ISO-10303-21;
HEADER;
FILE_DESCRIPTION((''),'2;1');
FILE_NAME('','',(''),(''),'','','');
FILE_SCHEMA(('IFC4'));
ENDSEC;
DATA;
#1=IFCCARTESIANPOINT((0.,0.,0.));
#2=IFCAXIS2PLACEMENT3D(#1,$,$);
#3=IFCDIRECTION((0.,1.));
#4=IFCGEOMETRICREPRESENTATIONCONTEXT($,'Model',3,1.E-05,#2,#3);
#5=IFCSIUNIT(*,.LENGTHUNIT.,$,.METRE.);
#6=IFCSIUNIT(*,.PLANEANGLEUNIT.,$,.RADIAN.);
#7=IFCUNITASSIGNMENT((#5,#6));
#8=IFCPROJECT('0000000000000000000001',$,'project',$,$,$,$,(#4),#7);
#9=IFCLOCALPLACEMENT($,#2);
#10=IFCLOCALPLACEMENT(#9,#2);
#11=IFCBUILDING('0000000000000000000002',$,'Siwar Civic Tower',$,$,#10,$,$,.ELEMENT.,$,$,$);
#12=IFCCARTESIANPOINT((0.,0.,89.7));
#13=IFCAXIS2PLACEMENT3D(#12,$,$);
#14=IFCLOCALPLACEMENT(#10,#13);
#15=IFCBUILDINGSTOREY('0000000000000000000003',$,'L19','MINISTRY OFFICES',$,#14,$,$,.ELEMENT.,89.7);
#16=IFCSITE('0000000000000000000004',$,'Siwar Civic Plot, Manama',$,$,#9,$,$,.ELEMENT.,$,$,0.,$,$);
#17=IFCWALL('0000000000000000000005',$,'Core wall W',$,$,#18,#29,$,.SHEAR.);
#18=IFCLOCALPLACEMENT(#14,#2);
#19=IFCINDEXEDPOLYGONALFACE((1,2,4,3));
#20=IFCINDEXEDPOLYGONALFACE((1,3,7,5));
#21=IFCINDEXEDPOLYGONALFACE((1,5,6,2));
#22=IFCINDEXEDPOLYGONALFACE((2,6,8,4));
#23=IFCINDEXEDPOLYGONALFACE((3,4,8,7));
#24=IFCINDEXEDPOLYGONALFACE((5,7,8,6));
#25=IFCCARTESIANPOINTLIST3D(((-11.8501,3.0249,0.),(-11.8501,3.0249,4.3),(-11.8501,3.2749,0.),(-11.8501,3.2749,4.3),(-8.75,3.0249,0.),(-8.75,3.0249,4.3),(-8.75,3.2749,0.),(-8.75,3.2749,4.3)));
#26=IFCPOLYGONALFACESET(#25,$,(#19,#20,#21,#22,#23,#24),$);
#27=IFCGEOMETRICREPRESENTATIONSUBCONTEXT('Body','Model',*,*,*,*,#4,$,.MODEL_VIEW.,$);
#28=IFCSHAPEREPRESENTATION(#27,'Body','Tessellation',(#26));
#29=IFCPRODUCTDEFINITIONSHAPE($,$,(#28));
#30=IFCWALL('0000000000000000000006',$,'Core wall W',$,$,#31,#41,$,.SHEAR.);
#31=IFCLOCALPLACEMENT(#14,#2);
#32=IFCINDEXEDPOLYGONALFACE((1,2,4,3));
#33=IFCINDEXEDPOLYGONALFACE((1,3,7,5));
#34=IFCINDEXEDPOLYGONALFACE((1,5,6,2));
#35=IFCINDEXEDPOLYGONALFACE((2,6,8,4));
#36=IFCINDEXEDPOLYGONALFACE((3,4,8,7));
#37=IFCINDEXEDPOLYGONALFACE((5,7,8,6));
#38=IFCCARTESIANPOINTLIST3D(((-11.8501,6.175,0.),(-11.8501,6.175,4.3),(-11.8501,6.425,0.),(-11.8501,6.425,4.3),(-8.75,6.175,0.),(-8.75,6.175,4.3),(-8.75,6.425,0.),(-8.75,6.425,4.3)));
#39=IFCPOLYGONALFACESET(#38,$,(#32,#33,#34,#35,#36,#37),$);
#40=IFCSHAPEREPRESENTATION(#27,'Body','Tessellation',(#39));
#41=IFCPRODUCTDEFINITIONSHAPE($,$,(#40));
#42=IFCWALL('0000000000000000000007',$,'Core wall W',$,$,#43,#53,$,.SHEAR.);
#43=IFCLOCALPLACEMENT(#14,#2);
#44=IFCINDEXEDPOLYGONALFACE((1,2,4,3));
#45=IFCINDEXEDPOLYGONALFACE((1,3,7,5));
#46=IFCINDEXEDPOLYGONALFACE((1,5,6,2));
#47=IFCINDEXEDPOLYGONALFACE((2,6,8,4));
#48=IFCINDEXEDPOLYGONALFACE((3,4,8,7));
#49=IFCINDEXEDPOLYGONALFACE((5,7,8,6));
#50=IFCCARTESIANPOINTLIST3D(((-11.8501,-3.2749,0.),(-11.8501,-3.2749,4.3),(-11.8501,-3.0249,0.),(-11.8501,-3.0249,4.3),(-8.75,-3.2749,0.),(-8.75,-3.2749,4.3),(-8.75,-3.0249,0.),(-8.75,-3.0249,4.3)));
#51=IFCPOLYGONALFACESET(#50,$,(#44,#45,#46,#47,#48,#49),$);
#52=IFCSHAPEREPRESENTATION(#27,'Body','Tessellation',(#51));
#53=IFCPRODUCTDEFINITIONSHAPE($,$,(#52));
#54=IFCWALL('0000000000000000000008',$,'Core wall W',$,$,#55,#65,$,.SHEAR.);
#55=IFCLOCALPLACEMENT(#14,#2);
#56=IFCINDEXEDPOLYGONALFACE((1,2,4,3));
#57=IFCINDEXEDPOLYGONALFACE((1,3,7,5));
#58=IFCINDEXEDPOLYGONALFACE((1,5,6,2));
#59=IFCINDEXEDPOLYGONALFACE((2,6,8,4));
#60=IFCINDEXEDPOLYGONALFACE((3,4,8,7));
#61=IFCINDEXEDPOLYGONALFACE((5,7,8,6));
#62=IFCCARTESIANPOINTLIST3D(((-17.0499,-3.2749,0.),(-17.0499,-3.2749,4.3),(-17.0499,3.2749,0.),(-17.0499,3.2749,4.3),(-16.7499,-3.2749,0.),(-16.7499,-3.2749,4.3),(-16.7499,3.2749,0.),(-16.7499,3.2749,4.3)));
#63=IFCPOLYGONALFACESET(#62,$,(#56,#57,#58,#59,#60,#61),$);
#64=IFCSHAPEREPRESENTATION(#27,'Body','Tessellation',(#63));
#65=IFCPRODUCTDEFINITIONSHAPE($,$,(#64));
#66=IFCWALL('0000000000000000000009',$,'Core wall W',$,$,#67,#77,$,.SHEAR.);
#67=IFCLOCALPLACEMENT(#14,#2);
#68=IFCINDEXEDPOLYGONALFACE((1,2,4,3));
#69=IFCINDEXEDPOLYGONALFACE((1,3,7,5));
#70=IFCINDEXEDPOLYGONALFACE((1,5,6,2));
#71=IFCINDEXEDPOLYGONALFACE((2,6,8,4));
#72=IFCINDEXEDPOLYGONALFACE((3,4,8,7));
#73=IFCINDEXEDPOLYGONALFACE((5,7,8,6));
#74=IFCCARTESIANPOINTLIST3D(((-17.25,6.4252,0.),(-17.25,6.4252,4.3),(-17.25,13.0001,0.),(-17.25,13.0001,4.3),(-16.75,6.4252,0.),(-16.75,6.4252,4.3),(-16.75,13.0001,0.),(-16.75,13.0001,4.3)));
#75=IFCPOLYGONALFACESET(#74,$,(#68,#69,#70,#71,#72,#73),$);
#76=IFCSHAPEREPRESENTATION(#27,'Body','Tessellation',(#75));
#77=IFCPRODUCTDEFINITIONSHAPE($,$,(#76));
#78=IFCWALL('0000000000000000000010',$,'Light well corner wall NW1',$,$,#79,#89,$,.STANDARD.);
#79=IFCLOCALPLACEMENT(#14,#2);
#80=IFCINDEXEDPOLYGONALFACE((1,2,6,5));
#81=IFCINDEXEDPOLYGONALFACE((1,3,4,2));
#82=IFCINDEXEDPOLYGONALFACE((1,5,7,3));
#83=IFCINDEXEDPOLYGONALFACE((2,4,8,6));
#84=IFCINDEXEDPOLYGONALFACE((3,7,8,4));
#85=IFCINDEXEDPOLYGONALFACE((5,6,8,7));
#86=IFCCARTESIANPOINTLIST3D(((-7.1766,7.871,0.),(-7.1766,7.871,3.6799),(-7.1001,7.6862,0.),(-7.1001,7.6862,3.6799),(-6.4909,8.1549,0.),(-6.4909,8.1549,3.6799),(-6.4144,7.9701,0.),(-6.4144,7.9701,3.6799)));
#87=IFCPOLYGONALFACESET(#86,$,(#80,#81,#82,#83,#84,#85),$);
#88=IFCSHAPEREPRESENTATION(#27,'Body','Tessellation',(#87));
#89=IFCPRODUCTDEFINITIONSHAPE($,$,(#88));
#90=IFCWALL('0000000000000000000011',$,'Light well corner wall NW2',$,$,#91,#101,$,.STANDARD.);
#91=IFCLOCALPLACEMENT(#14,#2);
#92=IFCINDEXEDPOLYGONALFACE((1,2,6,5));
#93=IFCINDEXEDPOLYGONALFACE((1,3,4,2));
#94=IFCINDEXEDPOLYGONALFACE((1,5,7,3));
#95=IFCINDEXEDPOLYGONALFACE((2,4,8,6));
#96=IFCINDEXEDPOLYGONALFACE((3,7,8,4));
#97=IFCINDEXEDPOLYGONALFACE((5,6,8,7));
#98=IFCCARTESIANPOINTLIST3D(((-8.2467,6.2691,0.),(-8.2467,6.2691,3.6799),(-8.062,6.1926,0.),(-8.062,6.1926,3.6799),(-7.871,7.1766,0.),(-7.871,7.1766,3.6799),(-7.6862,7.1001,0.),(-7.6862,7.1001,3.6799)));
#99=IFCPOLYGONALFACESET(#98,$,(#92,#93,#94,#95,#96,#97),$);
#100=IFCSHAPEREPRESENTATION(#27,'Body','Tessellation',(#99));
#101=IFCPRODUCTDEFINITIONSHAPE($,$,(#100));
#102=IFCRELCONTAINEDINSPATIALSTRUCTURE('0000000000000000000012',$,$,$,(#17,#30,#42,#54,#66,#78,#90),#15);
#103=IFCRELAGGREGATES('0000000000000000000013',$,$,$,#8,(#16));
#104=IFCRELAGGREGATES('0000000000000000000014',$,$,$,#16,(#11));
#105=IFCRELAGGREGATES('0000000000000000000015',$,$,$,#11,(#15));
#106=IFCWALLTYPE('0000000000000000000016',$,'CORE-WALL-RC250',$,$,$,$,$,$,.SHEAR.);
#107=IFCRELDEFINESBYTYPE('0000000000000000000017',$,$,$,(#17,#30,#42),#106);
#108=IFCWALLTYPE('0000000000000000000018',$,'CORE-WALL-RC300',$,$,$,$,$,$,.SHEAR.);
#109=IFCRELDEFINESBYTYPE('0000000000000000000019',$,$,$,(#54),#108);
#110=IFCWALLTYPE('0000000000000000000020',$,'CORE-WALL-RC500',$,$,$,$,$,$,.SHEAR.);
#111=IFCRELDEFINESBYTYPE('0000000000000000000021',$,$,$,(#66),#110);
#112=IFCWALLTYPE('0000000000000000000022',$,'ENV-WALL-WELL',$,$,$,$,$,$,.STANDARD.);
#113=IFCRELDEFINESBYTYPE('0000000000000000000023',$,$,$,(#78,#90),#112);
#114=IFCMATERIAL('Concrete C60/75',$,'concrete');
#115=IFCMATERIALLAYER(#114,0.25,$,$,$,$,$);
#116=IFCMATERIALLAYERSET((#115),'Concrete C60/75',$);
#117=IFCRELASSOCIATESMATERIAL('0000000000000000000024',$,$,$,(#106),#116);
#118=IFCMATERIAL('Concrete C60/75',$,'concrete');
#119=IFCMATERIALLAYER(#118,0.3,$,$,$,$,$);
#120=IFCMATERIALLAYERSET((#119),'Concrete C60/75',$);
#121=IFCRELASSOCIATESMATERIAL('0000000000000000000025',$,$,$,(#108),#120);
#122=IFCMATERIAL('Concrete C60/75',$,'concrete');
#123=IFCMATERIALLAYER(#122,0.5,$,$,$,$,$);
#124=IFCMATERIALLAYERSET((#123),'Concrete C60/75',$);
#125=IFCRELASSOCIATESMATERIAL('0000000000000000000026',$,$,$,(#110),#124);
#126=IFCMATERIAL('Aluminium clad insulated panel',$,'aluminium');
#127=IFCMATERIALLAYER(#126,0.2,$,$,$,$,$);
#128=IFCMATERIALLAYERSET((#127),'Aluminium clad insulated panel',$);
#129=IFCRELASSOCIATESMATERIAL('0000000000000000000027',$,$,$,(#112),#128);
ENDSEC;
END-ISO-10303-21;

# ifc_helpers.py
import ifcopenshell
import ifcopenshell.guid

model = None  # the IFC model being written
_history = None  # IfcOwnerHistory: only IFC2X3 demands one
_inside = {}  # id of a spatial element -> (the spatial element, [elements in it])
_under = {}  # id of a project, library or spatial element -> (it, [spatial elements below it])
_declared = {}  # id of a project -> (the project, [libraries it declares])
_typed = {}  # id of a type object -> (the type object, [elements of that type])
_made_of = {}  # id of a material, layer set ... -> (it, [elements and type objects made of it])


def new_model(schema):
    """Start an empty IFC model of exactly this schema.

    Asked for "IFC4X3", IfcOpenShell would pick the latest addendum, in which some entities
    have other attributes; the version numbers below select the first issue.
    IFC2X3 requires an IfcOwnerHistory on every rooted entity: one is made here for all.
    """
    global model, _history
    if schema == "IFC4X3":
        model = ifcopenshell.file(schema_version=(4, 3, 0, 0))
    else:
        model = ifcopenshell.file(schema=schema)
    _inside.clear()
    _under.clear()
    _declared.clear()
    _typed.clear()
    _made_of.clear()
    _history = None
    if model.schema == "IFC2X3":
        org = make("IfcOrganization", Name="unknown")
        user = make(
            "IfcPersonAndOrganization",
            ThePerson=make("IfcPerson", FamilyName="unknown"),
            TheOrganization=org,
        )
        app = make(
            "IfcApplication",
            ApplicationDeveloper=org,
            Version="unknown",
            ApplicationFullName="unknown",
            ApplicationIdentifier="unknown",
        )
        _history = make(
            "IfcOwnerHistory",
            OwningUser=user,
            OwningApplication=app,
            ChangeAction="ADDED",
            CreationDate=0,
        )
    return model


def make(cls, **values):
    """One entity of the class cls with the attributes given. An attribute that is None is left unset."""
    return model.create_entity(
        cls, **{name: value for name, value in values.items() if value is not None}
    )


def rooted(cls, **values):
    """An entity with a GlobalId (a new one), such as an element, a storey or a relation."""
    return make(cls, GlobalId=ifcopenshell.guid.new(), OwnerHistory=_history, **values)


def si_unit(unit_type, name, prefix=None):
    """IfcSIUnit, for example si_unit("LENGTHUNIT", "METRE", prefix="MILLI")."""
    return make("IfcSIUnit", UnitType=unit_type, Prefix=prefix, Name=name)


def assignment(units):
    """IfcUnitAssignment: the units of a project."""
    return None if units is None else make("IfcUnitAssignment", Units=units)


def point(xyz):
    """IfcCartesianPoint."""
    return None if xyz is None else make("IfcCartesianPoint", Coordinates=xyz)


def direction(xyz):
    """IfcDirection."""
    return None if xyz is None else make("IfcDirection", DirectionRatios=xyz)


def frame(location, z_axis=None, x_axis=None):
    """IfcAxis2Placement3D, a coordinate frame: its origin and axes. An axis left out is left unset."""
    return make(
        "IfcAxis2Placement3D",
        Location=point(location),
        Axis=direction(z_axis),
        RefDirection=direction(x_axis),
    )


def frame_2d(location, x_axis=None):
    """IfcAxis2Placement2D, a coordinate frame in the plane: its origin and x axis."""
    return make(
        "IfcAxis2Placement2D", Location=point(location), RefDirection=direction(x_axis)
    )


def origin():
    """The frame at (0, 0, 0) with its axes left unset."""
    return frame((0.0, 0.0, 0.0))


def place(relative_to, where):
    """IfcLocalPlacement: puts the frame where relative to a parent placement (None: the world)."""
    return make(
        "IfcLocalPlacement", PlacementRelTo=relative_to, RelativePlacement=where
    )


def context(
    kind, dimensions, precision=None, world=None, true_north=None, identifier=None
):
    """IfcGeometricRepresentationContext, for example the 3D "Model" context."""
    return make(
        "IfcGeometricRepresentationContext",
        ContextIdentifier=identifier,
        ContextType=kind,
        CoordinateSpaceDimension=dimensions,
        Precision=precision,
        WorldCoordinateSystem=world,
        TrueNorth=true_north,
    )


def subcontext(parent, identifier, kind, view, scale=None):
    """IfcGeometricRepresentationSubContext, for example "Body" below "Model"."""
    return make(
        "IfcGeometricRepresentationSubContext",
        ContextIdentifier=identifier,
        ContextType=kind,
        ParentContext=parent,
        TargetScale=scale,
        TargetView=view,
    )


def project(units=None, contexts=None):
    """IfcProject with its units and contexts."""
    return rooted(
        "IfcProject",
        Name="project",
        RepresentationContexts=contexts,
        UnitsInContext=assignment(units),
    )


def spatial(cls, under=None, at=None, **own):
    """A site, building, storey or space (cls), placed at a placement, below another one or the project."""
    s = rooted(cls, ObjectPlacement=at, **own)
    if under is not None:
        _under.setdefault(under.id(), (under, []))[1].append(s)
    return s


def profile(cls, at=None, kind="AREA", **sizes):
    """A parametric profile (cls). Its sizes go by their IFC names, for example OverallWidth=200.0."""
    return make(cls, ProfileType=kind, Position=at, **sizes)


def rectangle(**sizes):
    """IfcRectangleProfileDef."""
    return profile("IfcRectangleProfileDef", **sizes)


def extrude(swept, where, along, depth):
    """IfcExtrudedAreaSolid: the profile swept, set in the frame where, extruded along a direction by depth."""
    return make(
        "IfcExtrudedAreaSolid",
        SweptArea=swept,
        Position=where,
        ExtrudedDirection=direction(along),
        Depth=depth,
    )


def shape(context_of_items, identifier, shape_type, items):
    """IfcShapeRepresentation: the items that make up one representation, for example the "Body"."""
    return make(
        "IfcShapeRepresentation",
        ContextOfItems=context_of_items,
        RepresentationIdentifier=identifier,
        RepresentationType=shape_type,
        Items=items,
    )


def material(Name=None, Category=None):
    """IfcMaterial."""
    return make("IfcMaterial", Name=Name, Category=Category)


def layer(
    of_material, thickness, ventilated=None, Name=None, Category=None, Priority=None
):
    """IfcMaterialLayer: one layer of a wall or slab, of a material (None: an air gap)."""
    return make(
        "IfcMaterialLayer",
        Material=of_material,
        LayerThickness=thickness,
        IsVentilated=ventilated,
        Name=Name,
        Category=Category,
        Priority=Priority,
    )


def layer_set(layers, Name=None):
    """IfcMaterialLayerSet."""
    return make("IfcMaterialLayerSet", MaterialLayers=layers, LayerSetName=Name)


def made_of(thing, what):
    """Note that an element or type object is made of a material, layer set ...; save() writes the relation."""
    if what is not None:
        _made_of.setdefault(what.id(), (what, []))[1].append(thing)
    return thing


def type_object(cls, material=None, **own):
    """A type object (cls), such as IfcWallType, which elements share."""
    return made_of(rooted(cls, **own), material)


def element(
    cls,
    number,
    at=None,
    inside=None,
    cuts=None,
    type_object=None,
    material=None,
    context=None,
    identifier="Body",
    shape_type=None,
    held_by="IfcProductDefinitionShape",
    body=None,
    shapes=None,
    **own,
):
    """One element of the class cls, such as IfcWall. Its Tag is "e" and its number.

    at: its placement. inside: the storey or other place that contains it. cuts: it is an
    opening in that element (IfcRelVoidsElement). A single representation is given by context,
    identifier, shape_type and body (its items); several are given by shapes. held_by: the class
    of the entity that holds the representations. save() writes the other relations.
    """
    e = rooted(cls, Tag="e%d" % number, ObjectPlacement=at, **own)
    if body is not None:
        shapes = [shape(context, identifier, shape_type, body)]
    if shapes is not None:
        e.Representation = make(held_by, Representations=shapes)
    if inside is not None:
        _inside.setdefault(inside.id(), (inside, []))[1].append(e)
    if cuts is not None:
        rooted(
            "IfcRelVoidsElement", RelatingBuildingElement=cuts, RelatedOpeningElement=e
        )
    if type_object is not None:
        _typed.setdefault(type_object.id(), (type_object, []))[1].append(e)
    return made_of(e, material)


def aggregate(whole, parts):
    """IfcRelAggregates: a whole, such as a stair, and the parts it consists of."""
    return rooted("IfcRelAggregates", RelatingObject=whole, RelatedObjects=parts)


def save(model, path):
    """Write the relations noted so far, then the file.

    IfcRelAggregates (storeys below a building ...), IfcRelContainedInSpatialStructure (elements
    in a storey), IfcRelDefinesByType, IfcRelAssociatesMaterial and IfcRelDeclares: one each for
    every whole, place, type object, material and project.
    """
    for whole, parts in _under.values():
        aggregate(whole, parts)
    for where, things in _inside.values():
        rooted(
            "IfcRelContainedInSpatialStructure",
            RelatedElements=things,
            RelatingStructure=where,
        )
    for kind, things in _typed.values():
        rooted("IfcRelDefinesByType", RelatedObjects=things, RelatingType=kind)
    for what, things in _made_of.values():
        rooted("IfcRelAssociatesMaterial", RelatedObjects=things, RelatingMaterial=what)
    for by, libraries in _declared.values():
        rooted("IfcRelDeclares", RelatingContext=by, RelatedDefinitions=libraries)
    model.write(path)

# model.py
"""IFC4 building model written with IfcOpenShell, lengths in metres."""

from ifc_helpers import new_model, si_unit, direction, frame, frame_2d, origin, place, context, subcontext, project, spatial, rectangle, extrude, material, layer, layer_set, type_object, element, save


model = new_model("IFC4")

# Units and contexts
model_context = context("Model", 3, precision=1e-05, world=origin(), true_north=direction((0.0, 1.0)))
body_context = subcontext(model_context, "Body", "Model", "MODEL_VIEW")
ifc_project = project(units=[si_unit("LENGTHUNIT", "METRE"), si_unit("PLANEANGLEUNIT", "RADIAN")], contexts=[model_context])

# Site, building, storey
site_placement = place(None, origin())
site = spatial("IfcSite", under=ifc_project, at=site_placement, Name="Siwar Civic Plot, Manama", CompositionType="ELEMENT", RefElevation=0.0)
building_placement = place(site_placement, origin())
building = spatial("IfcBuilding", under=site, at=building_placement, Name="Siwar Civic Tower", CompositionType="ELEMENT")
storey_placement = place(building_placement, frame((0.0, 0.0, 89.7)))
storey = spatial("IfcBuildingStorey", under=building, at=storey_placement, Name="L19", Description="MINISTRY OFFICES", CompositionType="ELEMENT", Elevation=89.7)

# Shared definitions
ifc_material_1 = material(Name="Concrete C60/75", Category="concrete")
ifc_layer_1 = layer(ifc_material_1, 0.25)
ifc_layer_set_1 = layer_set([ifc_layer_1], Name="Concrete C60/75")
wall_type_1 = type_object("IfcWallType", Name="CORE-WALL-RC250", PredefinedType="SHEAR", material=ifc_layer_set_1)

# Walls
for number, where, z_axis, x_axis, name in (
    (1, (-8.75, 3.1499, 0.0), (0.0, 0.0, 1.0), (-1.0, 0.0, 0.0), "Core wall W"),
    (2, (-8.75, 6.3, 0.0), (0.0, 0.0, 1.0), (-1.0, 0.0, 0.0), "Core wall W"),
    (3, (-8.75, -3.1499, 0.0), (0.0, 0.0, 1.0), (-1.0, 0.0, 0.0), "Core wall W"),
):
    element("IfcWall", number, at=place(storey_placement, frame(where, z_axis=z_axis, x_axis=x_axis)), inside=storey, type_object=wall_type_1, Name=name, PredefinedType="SHEAR", context=body_context, shape_type="SweptSolid", body=[
        extrude(rectangle(XDim=3.1001, YDim=0.25, at=frame_2d((1.55, 0.0))), origin(), (0.0, 0.0, 1.0), 4.3),
    ])
ifc_material_2 = material(Name="Concrete C60/75", Category="concrete")
ifc_layer_2 = layer(ifc_material_2, 0.3)
ifc_layer_set_2 = layer_set([ifc_layer_2], Name="Concrete C60/75")
wall_type_2 = type_object("IfcWallType", Name="CORE-WALL-RC300", PredefinedType="SHEAR", material=ifc_layer_set_2)
wall_1_placement = place(storey_placement, frame((-16.8999, -3.2749, 0.0), z_axis=(0.0, 0.0, 1.0), x_axis=(0.0, 1.0, 0.0)))
element("IfcWall", 4, at=wall_1_placement, inside=storey, type_object=wall_type_2, Name="Core wall W", PredefinedType="SHEAR", context=body_context, shape_type="SweptSolid", body=[
    extrude(rectangle(XDim=6.5498, YDim=0.3, at=frame_2d((3.2749, 0.0))), origin(), (0.0, 0.0, 1.0), 4.3),
])
ifc_material_3 = material(Name="Concrete C60/75", Category="concrete")
ifc_layer_3 = layer(ifc_material_3, 0.5)
ifc_layer_set_3 = layer_set([ifc_layer_3], Name="Concrete C60/75")
wall_type_3 = type_object("IfcWallType", Name="CORE-WALL-RC500", PredefinedType="SHEAR", material=ifc_layer_set_3)
wall_2_placement = place(storey_placement, frame((-17.0, 6.425, 0.0), z_axis=(0.0, 0.0, 1.0), x_axis=(0.0, 1.0, 0.0)))
element("IfcWall", 5, at=wall_2_placement, inside=storey, type_object=wall_type_3, Name="Core wall W", PredefinedType="SHEAR", context=body_context, shape_type="SweptSolid", body=[
    extrude(rectangle(XDim=6.575, YDim=0.5, at=frame_2d((3.2876, 0.0))), origin(), (0.0, 0.0, 1.0), 4.3),
])
ifc_material_4 = material(Name="Aluminium clad insulated panel", Category="aluminium")
ifc_layer_4 = layer(ifc_material_4, 0.2)
ifc_layer_set_4 = layer_set([ifc_layer_4], Name="Aluminium clad insulated panel")
wall_type_4 = type_object("IfcWallType", Name="ENV-WALL-WELL", PredefinedType="STANDARD", material=ifc_layer_set_4)
wall_3_placement = place(storey_placement, frame((-6.4526, 8.0625, 0.0), z_axis=(0.0, 0.0, 1.0), x_axis=(-0.923941, -0.382536, 0.0)))
element("IfcWall", 6, at=wall_3_placement, inside=storey, type_object=wall_type_4, Name="Light well corner wall NW1", PredefinedType="STANDARD", context=body_context, shape_type="SweptSolid", body=[
    extrude(rectangle(XDim=0.7422, YDim=0.2, at=frame_2d((0.3711, 0.0))), origin(), (0.0, 0.0, 1.0), 3.6799),
])
wall_4_placement = place(storey_placement, frame((-7.7786, 7.1384, 0.0), z_axis=(0.0, 0.0, 1.0), x_axis=(-0.382549, -0.923935, 0.0)))
element("IfcWall", 7, at=wall_4_placement, inside=storey, type_object=wall_type_4, Name="Light well corner wall NW2", PredefinedType="STANDARD", context=body_context, shape_type="SweptSolid", body=[
    extrude(rectangle(XDim=0.9822, YDim=0.2, at=frame_2d((0.4912, 0.0))), origin(), (0.0, 0.0, 1.0), 3.6799),
])

save(model, "model.ifc")
